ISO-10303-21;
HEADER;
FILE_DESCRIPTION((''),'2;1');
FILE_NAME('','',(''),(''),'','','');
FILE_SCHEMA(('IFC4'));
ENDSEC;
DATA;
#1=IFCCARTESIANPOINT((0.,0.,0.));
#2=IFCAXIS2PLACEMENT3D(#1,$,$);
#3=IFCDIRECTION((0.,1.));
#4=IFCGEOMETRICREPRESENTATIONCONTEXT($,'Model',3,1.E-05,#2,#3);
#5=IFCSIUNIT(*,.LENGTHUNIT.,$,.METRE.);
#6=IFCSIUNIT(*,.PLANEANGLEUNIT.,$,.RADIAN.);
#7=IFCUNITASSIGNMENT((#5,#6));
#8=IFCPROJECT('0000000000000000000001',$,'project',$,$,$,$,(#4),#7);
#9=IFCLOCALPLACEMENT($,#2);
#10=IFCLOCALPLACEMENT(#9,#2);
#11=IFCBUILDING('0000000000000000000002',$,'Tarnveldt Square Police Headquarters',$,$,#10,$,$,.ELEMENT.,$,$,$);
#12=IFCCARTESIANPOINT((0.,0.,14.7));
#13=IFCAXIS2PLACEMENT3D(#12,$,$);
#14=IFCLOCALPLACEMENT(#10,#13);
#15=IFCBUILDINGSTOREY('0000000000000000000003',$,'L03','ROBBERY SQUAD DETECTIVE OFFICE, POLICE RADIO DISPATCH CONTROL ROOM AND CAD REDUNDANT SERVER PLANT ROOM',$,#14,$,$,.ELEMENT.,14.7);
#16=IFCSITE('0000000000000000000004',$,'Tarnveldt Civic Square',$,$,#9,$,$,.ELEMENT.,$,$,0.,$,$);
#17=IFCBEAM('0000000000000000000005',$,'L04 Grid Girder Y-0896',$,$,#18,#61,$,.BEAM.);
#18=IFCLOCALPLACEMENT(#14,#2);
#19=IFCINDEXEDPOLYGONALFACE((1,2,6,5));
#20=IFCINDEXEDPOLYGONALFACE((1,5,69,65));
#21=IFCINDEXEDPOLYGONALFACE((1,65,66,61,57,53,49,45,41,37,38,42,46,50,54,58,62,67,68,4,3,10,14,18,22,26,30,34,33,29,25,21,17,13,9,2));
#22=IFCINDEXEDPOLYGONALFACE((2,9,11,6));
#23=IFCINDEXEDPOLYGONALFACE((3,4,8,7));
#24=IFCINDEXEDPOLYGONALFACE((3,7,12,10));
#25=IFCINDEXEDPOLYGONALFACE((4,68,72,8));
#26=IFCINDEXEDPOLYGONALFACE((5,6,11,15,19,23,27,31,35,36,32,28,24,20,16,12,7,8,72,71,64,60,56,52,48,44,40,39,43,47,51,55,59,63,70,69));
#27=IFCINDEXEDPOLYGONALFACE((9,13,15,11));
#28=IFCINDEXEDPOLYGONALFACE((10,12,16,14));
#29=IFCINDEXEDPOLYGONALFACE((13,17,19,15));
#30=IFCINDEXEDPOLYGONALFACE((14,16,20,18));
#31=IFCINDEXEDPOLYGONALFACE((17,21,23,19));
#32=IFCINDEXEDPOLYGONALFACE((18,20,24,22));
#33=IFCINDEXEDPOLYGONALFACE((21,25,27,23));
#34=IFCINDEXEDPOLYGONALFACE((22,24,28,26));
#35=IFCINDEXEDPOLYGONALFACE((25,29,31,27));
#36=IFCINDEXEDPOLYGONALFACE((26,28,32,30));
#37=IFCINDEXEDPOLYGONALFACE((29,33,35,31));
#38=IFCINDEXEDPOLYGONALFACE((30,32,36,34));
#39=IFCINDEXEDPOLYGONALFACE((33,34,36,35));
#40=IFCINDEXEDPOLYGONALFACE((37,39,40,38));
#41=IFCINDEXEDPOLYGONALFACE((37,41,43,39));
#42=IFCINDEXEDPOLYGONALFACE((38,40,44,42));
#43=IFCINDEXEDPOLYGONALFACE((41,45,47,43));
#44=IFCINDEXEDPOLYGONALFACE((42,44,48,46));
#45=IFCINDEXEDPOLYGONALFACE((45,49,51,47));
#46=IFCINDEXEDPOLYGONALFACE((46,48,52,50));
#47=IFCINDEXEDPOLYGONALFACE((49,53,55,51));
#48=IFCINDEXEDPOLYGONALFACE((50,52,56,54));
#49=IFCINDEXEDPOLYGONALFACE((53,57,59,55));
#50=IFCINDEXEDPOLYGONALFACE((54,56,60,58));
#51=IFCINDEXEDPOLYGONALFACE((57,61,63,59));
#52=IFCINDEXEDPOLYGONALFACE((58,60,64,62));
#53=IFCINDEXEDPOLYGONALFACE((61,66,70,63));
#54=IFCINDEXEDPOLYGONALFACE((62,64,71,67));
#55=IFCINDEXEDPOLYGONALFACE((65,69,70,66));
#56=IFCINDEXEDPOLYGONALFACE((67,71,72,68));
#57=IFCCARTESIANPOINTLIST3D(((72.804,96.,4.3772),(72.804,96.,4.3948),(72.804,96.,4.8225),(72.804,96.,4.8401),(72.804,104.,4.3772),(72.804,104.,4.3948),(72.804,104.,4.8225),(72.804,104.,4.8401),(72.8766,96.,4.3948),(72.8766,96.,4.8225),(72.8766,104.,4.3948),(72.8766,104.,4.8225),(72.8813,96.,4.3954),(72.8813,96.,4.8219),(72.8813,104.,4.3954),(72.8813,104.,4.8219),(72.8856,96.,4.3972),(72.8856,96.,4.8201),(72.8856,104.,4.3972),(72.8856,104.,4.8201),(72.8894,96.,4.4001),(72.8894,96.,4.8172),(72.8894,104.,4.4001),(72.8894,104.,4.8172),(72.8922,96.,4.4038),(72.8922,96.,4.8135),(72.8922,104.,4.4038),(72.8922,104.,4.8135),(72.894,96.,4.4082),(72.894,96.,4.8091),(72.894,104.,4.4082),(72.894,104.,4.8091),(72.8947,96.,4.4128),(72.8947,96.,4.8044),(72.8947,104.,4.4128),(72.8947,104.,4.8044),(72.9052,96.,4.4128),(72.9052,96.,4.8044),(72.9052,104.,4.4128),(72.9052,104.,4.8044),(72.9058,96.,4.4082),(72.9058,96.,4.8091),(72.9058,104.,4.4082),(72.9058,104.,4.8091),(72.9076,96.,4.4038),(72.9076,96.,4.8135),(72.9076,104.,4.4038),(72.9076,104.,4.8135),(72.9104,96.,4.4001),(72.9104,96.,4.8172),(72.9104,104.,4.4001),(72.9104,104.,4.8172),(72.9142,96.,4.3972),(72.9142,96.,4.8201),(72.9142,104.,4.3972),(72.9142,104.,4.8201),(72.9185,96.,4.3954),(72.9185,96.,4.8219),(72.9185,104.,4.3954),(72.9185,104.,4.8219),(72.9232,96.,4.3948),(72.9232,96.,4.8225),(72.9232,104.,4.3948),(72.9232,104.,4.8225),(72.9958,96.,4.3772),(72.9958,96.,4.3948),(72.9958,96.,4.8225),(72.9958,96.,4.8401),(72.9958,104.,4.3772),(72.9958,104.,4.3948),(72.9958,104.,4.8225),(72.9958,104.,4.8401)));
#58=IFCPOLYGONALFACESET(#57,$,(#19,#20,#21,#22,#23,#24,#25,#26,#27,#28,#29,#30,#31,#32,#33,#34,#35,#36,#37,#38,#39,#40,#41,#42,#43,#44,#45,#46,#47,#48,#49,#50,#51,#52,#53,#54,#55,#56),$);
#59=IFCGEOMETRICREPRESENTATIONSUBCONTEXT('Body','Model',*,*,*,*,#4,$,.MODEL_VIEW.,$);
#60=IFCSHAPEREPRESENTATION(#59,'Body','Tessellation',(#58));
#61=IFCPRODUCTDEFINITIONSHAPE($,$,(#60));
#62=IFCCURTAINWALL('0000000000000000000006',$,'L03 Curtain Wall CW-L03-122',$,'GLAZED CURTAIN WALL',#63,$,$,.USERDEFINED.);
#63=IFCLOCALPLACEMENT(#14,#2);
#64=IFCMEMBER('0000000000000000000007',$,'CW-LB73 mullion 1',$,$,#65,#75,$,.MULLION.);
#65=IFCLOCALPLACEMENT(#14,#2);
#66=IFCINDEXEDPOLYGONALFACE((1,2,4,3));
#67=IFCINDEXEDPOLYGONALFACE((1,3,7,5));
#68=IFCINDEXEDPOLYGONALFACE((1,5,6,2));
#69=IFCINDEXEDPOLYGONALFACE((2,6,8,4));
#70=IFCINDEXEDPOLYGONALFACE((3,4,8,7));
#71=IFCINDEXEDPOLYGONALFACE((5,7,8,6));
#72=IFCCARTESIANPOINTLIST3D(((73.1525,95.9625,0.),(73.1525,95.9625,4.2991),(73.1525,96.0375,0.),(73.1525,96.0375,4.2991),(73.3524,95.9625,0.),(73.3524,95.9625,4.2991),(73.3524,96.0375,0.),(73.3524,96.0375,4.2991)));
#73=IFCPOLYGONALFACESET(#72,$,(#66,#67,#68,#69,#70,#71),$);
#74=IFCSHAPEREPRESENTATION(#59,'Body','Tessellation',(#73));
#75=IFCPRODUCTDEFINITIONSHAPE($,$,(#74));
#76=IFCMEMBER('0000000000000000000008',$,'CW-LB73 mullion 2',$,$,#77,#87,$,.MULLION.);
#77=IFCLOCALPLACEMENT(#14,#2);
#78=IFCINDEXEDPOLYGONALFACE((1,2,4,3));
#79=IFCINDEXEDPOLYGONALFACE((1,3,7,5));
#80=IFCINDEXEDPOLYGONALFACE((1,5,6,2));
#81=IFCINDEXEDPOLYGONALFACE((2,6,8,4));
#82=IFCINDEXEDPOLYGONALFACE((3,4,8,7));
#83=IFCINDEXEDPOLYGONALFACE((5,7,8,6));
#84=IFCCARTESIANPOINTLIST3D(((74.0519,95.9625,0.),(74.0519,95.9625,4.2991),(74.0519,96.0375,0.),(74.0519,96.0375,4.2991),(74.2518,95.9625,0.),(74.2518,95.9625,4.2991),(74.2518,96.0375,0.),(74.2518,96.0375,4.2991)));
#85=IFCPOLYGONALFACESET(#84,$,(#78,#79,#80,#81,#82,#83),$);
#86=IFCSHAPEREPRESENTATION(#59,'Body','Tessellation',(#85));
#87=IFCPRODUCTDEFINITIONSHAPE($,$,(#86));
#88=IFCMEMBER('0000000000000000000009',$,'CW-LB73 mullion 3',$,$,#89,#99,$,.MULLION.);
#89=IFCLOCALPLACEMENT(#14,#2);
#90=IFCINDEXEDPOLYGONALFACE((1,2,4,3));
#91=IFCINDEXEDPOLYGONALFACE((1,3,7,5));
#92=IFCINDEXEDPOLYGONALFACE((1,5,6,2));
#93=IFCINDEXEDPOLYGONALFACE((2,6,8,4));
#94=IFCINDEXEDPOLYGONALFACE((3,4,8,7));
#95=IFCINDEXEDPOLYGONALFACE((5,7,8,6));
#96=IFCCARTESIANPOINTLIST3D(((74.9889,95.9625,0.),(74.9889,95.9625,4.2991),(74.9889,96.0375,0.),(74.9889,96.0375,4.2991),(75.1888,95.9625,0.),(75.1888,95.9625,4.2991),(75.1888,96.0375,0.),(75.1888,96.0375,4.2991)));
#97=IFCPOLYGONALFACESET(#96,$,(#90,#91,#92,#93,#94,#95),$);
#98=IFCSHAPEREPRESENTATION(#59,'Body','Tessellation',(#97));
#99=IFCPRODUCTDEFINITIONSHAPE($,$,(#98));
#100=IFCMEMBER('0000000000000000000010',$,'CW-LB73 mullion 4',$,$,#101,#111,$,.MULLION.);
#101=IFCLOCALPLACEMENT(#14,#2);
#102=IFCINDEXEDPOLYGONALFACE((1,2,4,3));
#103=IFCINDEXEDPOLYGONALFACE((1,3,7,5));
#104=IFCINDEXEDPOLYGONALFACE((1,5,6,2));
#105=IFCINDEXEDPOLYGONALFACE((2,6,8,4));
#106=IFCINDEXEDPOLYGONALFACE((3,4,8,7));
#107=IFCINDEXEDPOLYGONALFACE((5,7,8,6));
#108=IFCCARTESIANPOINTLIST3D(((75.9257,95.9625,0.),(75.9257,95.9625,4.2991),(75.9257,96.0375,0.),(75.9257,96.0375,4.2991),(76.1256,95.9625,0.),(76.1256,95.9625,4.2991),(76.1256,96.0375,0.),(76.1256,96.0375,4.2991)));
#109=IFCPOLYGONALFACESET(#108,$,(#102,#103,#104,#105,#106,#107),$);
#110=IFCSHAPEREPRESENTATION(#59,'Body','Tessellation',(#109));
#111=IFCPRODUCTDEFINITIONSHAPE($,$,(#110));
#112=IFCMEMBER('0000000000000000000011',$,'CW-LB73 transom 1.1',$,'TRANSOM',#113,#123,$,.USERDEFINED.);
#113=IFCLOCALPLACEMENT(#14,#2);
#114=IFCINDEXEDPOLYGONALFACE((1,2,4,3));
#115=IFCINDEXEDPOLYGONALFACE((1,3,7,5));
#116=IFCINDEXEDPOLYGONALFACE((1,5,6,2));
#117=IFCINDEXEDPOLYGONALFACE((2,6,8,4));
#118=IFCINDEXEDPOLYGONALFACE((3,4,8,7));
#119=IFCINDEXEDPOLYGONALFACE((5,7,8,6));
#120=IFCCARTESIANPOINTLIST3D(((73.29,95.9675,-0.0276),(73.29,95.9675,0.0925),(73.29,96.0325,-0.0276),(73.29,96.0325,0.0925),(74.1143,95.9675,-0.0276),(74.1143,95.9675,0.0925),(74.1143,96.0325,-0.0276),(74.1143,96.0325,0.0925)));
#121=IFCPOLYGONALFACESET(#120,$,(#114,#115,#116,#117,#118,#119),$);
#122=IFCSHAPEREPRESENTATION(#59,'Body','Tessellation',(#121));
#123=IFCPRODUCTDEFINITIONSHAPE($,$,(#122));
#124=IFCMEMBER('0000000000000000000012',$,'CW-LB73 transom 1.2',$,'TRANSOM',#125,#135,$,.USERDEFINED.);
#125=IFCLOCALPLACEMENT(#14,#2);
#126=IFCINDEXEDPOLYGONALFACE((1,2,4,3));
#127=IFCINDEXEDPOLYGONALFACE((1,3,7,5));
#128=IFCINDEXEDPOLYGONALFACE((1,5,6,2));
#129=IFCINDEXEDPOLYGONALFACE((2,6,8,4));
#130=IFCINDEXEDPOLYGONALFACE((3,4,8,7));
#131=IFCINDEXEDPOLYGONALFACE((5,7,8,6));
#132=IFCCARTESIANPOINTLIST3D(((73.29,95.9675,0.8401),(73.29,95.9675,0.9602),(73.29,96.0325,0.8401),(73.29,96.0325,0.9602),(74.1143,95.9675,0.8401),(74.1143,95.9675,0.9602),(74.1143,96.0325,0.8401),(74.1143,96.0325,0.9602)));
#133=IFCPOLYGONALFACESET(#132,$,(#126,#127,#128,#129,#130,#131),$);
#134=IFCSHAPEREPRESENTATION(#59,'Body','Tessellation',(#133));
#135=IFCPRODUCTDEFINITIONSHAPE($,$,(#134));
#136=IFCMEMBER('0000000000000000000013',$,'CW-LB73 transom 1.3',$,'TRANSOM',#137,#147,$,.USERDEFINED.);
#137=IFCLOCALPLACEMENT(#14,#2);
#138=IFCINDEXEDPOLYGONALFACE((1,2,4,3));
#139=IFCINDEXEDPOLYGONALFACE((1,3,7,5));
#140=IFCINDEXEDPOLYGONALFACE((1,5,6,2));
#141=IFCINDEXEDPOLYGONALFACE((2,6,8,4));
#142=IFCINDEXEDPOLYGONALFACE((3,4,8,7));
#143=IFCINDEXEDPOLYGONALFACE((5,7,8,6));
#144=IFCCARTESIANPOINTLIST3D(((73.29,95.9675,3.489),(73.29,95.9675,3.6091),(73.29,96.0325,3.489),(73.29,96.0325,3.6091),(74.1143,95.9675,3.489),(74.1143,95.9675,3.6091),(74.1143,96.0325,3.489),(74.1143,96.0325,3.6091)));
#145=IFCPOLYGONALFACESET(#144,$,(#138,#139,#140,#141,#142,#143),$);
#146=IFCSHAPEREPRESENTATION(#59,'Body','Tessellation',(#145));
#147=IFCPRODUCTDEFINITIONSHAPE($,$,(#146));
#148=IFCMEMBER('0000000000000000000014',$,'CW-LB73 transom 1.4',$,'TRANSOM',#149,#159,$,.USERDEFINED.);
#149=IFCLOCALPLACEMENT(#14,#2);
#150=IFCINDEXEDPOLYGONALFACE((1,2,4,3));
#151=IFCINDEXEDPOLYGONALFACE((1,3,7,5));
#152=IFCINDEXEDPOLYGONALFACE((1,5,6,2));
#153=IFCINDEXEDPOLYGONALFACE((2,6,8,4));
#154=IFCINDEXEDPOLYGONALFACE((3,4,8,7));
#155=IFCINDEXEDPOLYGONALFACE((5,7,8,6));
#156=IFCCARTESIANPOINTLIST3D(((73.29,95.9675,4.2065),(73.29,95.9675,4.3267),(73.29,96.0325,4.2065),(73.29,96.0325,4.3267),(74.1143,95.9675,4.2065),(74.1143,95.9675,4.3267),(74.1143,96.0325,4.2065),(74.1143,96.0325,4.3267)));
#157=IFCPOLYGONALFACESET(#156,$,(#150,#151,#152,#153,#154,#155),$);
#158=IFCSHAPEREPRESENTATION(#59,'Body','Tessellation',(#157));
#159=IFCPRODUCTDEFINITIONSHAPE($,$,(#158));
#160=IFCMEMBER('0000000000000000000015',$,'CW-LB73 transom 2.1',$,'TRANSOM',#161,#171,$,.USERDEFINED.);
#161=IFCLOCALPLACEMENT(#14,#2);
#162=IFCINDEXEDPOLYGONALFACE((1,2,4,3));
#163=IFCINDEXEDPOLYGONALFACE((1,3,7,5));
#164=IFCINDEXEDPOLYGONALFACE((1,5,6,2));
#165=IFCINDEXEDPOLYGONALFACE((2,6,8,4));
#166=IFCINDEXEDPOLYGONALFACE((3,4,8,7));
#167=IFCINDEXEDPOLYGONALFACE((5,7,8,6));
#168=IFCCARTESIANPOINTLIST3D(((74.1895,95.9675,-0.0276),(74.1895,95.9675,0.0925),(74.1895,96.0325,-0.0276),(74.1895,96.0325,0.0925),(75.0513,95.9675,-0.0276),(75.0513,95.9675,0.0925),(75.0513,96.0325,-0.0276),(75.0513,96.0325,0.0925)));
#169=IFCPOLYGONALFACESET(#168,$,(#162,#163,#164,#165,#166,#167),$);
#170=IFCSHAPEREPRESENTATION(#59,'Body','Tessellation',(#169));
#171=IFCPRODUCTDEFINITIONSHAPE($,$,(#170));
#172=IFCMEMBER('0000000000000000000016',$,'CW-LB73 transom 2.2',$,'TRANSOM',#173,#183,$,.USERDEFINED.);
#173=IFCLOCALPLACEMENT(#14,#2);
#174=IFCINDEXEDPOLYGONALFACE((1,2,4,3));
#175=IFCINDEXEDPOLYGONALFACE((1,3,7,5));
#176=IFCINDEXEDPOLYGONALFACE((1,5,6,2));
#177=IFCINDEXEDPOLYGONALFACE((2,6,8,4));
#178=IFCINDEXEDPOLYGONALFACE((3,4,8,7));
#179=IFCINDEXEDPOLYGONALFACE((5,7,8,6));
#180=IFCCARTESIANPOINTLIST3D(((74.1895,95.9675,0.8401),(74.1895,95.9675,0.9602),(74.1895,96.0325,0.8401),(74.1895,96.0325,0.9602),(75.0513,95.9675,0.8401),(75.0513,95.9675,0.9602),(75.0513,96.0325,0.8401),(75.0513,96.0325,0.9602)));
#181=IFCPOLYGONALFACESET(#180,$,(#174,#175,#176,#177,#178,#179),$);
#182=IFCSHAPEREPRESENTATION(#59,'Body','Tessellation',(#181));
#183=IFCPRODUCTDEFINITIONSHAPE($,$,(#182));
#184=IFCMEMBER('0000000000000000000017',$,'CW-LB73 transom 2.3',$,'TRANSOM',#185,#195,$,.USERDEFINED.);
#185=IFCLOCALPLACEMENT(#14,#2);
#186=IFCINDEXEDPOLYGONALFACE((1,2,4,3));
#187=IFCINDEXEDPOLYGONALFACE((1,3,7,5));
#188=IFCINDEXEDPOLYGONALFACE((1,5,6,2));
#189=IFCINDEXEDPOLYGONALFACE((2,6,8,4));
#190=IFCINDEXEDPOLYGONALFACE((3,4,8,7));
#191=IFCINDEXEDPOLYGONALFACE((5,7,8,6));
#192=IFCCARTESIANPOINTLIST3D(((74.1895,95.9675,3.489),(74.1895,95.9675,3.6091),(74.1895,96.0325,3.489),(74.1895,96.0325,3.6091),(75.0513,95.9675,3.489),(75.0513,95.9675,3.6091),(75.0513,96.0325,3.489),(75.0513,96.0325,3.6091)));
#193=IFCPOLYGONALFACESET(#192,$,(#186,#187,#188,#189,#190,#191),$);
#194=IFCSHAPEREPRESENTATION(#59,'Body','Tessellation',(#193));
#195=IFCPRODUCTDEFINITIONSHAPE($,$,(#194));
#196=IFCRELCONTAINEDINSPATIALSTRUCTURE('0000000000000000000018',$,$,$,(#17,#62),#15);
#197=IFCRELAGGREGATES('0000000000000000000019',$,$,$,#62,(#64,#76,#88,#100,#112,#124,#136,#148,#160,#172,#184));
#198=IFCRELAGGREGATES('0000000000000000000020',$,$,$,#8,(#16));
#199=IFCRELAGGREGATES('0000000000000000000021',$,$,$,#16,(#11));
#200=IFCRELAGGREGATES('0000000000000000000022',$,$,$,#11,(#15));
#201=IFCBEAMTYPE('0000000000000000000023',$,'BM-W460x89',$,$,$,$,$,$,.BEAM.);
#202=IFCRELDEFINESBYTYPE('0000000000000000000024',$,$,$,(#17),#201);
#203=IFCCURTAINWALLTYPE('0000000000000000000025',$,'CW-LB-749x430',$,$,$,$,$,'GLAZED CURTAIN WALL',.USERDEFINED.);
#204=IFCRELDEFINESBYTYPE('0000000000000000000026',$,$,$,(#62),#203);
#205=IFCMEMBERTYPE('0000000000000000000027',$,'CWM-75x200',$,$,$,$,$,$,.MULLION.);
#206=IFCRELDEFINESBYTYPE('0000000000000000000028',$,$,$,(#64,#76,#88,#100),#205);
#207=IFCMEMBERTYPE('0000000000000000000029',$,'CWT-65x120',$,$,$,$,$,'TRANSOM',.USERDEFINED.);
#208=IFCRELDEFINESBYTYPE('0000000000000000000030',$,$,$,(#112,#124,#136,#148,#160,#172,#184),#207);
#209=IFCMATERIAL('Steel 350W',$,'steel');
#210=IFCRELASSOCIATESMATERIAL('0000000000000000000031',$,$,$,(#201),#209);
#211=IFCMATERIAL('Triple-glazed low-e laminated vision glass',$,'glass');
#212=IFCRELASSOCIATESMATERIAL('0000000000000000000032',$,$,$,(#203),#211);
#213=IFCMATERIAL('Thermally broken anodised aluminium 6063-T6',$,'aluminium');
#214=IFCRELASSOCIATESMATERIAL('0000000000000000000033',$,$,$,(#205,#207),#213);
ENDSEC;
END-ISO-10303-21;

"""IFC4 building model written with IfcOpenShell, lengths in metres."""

from ifc_helpers import new_model, si_unit, direction, frame, origin, origin_2d, place, context, subcontext, project, spatial, rectangle, i_section, extrude, material, material_profile, profile_set, type_object, element, aggregate, save


model = new_model("IFC4")

# Units and contexts
model_context = context("Model", 3, precision=1e-05, world=origin(), true_north=direction((0.0, 1.0)))
body_context = subcontext(model_context, "Body", "Model", "MODEL_VIEW")
ifc_project = project(units=[si_unit("LENGTHUNIT", "METRE"), si_unit("PLANEANGLEUNIT", "RADIAN")], contexts=[model_context])

# Site, building, storey
site_placement = place(None, origin())
site = spatial("IfcSite", under=ifc_project, at=site_placement, Name="Tarnveldt Civic Square", CompositionType="ELEMENT", RefElevation=0.0)
building_placement = place(site_placement, origin())
building = spatial("IfcBuilding", under=site, at=building_placement, Name="Tarnveldt Square Police Headquarters", CompositionType="ELEMENT")
storey_placement = place(building_placement, frame((0.0, 0.0, 14.7)))
storey = spatial("IfcBuildingStorey", under=building, at=storey_placement, Name="L03", Description="ROBBERY SQUAD DETECTIVE OFFICE, POLICE RADIO DISPATCH CONTROL ROOM AND CAD REDUNDANT SERVER PLANT ROOM", CompositionType="ELEMENT", Elevation=14.7)

# Beam
ifc_material_1 = material(Name="Steel 350W", Category="steel")
ifc_material_profile_1 = material_profile(ifc_material_1, i_section(OverallWidth=0.1919, OverallDepth=0.4629, WebThickness=0.0105, FlangeThickness=0.0176, FilletRadius=0.0181, at=origin_2d()), Name="W460x89")
ifc_profile_set_1 = profile_set([ifc_material_profile_1], Name="Steel 350W")
beam_type = type_object("IfcBeamType", Name="BM-W460x89", PredefinedType="BEAM", material=ifc_profile_set_1)
beam_placement = place(storey_placement, frame((72.8999, 96.0, 4.6086), z_axis=(0.0, 1.0, 0.0), x_axis=(-1.0, 0.0, 0.0)))
element("IfcBeam", 1, at=beam_placement, inside=storey, type_object=beam_type, Name="L04 Grid Girder Y-0896", PredefinedType="BEAM", context=body_context, shape_type="SweptSolid", body=[
    extrude(i_section(OverallWidth=0.1919, OverallDepth=0.4629, WebThickness=0.0105, FlangeThickness=0.0176, FilletRadius=0.0181, at=origin_2d()), origin(), (0.0, 0.0, 1.0), 8.0),
])

# Curtain wall, members
ifc_material_2 = material(Name="Triple-glazed low-e laminated vision glass", Category="glass")
curtain_wall_type = type_object("IfcCurtainWallType", Name="CW-LB-749x430", ElementType="GLAZED CURTAIN WALL", PredefinedType="USERDEFINED", material=ifc_material_2)
curtain_wall_placement = place(storey_placement, origin())
curtain_wall = element("IfcCurtainWall", 2, at=curtain_wall_placement, inside=storey, type_object=curtain_wall_type, Name="L03 Curtain Wall CW-L03-122", ObjectType="GLAZED CURTAIN WALL", PredefinedType="USERDEFINED")
ifc_material_3 = material(Name="Thermally broken anodised aluminium 6063-T6", Category="aluminium")
ifc_material_profile_2 = material_profile(ifc_material_3, rectangle(XDim=0.075, YDim=0.2, at=origin_2d()), Name="CW-M75x200")
ifc_profile_set_2 = profile_set([ifc_material_profile_2], Name="Thermally broken anodised aluminium 6063-T6")
member_type_1 = type_object("IfcMemberType", Name="CWM-75x200", PredefinedType="MULLION", material=ifc_profile_set_2)
member_1_placement = place(storey_placement, frame((73.2524, 96.0, 0.0), z_axis=(0.0, 0.0, 1.0), x_axis=(0.0, 1.0, 0.0)))
member_1 = element("IfcMember", 3, at=member_1_placement, type_object=member_type_1, Name="CW-LB73 mullion 1", PredefinedType="MULLION", context=body_context, shape_type="SweptSolid", body=[
    extrude(rectangle(XDim=0.075, YDim=0.2, at=origin_2d()), origin(), (0.0, 0.0, 1.0), 4.2991),
])
member_2_placement = place(storey_placement, frame((74.1519, 96.0, 0.0), z_axis=(0.0, 0.0, 1.0), x_axis=(0.0, 1.0, 0.0)))
member_2 = element("IfcMember", 4, at=member_2_placement, type_object=member_type_1, Name="CW-LB73 mullion 2", PredefinedType="MULLION", context=body_context, shape_type="SweptSolid", body=[
    extrude(rectangle(XDim=0.075, YDim=0.2, at=origin_2d()), origin(), (0.0, 0.0, 1.0), 4.2991),
])
member_3_placement = place(storey_placement, frame((75.0889, 96.0, 0.0), z_axis=(0.0, 0.0, 1.0), x_axis=(0.0, 1.0, 0.0)))
member_3 = element("IfcMember", 5, at=member_3_placement, type_object=member_type_1, Name="CW-LB73 mullion 3", PredefinedType="MULLION", context=body_context, shape_type="SweptSolid", body=[
    extrude(rectangle(XDim=0.075, YDim=0.2, at=origin_2d()), origin(), (0.0, 0.0, 1.0), 4.2991),
])
member_4_placement = place(storey_placement, frame((76.0256, 96.0, 0.0), z_axis=(0.0, 0.0, 1.0), x_axis=(0.0, 1.0, 0.0)))
member_4 = element("IfcMember", 6, at=member_4_placement, type_object=member_type_1, Name="CW-LB73 mullion 4", PredefinedType="MULLION", context=body_context, shape_type="SweptSolid", body=[
    extrude(rectangle(XDim=0.075, YDim=0.2, at=origin_2d()), origin(), (0.0, 0.0, 1.0), 4.2991),
])
ifc_material_profile_3 = material_profile(ifc_material_3, rectangle(XDim=0.0649, YDim=0.1201, at=origin_2d()), Name="CW-T65x120")
ifc_profile_set_3 = profile_set([ifc_material_profile_3], Name="Thermally broken anodised aluminium 6063-T6")
member_type_2 = type_object("IfcMemberType", Name="CWT-65x120", ElementType="TRANSOM", PredefinedType="USERDEFINED", material=ifc_profile_set_3)
member_5_placement = place(storey_placement, frame((73.29, 96.0, 0.0325), z_axis=(1.0, 0.0, 0.0), x_axis=(0.0, 1.0, 0.0)))
member_5 = element("IfcMember", 7, at=member_5_placement, type_object=member_type_2, Name="CW-LB73 transom 1.1", ObjectType="TRANSOM", PredefinedType="USERDEFINED", context=body_context, shape_type="SweptSolid", body=[
    extrude(rectangle(XDim=0.0649, YDim=0.1201, at=origin_2d()), origin(), (0.0, 0.0, 1.0), 0.8242),
])
member_6_placement = place(storey_placement, frame((73.29, 96.0, 0.9001), z_axis=(1.0, 0.0, 0.0), x_axis=(0.0, 1.0, 0.0)))
member_6 = element("IfcMember", 8, at=member_6_placement, type_object=member_type_2, Name="CW-LB73 transom 1.2", ObjectType="TRANSOM", PredefinedType="USERDEFINED", context=body_context, shape_type="SweptSolid", body=[
    extrude(rectangle(XDim=0.0649, YDim=0.1201, at=origin_2d()), origin(), (0.0, 0.0, 1.0), 0.8242),
])
member_7_placement = place(storey_placement, frame((73.29, 96.0, 3.5491), z_axis=(1.0, 0.0, 0.0), x_axis=(0.0, 1.0, 0.0)))
member_7 = element("IfcMember", 9, at=member_7_placement, type_object=member_type_2, Name="CW-LB73 transom 1.3", ObjectType="TRANSOM", PredefinedType="USERDEFINED", context=body_context, shape_type="SweptSolid", body=[
    extrude(rectangle(XDim=0.0649, YDim=0.1201, at=origin_2d()), origin(), (0.0, 0.0, 1.0), 0.8242),
])
member_8_placement = place(storey_placement, frame((73.29, 96.0, 4.2666), z_axis=(1.0, 0.0, 0.0), x_axis=(0.0, 1.0, 0.0)))
member_8 = element("IfcMember", 10, at=member_8_placement, type_object=member_type_2, Name="CW-LB73 transom 1.4", ObjectType="TRANSOM", PredefinedType="USERDEFINED", context=body_context, shape_type="SweptSolid", body=[
    extrude(rectangle(XDim=0.0649, YDim=0.1201, at=origin_2d()), origin(), (0.0, 0.0, 1.0), 0.8242),
])
member_9_placement = place(storey_placement, frame((74.1895, 96.0, 0.0325), z_axis=(1.0, 0.0, 0.0), x_axis=(0.0, 1.0, 0.0)))
member_9 = element("IfcMember", 11, at=member_9_placement, type_object=member_type_2, Name="CW-LB73 transom 2.1", ObjectType="TRANSOM", PredefinedType="USERDEFINED", context=body_context, shape_type="SweptSolid", body=[
    extrude(rectangle(XDim=0.0649, YDim=0.1201, at=origin_2d()), origin(), (0.0, 0.0, 1.0), 0.8618),
])
member_10_placement = place(storey_placement, frame((74.1895, 96.0, 0.9001), z_axis=(1.0, 0.0, 0.0), x_axis=(0.0, 1.0, 0.0)))
member_10 = element("IfcMember", 12, at=member_10_placement, type_object=member_type_2, Name="CW-LB73 transom 2.2", ObjectType="TRANSOM", PredefinedType="USERDEFINED", context=body_context, shape_type="SweptSolid", body=[
    extrude(rectangle(XDim=0.0649, YDim=0.1201, at=origin_2d()), origin(), (0.0, 0.0, 1.0), 0.8618),
])
member_11_placement = place(storey_placement, frame((74.1895, 96.0, 3.5491), z_axis=(1.0, 0.0, 0.0), x_axis=(0.0, 1.0, 0.0)))
member_11 = element("IfcMember", 13, at=member_11_placement, type_object=member_type_2, Name="CW-LB73 transom 2.3", ObjectType="TRANSOM", PredefinedType="USERDEFINED", context=body_context, shape_type="SweptSolid", body=[
    extrude(rectangle(XDim=0.0649, YDim=0.1201, at=origin_2d()), origin(), (0.0, 0.0, 1.0), 0.8618),
])
aggregate(curtain_wall, [member_1, member_2, member_3, member_4, member_5, member_6, member_7, member_8, member_9, member_10, member_11])

save(model, "model.ifc")
